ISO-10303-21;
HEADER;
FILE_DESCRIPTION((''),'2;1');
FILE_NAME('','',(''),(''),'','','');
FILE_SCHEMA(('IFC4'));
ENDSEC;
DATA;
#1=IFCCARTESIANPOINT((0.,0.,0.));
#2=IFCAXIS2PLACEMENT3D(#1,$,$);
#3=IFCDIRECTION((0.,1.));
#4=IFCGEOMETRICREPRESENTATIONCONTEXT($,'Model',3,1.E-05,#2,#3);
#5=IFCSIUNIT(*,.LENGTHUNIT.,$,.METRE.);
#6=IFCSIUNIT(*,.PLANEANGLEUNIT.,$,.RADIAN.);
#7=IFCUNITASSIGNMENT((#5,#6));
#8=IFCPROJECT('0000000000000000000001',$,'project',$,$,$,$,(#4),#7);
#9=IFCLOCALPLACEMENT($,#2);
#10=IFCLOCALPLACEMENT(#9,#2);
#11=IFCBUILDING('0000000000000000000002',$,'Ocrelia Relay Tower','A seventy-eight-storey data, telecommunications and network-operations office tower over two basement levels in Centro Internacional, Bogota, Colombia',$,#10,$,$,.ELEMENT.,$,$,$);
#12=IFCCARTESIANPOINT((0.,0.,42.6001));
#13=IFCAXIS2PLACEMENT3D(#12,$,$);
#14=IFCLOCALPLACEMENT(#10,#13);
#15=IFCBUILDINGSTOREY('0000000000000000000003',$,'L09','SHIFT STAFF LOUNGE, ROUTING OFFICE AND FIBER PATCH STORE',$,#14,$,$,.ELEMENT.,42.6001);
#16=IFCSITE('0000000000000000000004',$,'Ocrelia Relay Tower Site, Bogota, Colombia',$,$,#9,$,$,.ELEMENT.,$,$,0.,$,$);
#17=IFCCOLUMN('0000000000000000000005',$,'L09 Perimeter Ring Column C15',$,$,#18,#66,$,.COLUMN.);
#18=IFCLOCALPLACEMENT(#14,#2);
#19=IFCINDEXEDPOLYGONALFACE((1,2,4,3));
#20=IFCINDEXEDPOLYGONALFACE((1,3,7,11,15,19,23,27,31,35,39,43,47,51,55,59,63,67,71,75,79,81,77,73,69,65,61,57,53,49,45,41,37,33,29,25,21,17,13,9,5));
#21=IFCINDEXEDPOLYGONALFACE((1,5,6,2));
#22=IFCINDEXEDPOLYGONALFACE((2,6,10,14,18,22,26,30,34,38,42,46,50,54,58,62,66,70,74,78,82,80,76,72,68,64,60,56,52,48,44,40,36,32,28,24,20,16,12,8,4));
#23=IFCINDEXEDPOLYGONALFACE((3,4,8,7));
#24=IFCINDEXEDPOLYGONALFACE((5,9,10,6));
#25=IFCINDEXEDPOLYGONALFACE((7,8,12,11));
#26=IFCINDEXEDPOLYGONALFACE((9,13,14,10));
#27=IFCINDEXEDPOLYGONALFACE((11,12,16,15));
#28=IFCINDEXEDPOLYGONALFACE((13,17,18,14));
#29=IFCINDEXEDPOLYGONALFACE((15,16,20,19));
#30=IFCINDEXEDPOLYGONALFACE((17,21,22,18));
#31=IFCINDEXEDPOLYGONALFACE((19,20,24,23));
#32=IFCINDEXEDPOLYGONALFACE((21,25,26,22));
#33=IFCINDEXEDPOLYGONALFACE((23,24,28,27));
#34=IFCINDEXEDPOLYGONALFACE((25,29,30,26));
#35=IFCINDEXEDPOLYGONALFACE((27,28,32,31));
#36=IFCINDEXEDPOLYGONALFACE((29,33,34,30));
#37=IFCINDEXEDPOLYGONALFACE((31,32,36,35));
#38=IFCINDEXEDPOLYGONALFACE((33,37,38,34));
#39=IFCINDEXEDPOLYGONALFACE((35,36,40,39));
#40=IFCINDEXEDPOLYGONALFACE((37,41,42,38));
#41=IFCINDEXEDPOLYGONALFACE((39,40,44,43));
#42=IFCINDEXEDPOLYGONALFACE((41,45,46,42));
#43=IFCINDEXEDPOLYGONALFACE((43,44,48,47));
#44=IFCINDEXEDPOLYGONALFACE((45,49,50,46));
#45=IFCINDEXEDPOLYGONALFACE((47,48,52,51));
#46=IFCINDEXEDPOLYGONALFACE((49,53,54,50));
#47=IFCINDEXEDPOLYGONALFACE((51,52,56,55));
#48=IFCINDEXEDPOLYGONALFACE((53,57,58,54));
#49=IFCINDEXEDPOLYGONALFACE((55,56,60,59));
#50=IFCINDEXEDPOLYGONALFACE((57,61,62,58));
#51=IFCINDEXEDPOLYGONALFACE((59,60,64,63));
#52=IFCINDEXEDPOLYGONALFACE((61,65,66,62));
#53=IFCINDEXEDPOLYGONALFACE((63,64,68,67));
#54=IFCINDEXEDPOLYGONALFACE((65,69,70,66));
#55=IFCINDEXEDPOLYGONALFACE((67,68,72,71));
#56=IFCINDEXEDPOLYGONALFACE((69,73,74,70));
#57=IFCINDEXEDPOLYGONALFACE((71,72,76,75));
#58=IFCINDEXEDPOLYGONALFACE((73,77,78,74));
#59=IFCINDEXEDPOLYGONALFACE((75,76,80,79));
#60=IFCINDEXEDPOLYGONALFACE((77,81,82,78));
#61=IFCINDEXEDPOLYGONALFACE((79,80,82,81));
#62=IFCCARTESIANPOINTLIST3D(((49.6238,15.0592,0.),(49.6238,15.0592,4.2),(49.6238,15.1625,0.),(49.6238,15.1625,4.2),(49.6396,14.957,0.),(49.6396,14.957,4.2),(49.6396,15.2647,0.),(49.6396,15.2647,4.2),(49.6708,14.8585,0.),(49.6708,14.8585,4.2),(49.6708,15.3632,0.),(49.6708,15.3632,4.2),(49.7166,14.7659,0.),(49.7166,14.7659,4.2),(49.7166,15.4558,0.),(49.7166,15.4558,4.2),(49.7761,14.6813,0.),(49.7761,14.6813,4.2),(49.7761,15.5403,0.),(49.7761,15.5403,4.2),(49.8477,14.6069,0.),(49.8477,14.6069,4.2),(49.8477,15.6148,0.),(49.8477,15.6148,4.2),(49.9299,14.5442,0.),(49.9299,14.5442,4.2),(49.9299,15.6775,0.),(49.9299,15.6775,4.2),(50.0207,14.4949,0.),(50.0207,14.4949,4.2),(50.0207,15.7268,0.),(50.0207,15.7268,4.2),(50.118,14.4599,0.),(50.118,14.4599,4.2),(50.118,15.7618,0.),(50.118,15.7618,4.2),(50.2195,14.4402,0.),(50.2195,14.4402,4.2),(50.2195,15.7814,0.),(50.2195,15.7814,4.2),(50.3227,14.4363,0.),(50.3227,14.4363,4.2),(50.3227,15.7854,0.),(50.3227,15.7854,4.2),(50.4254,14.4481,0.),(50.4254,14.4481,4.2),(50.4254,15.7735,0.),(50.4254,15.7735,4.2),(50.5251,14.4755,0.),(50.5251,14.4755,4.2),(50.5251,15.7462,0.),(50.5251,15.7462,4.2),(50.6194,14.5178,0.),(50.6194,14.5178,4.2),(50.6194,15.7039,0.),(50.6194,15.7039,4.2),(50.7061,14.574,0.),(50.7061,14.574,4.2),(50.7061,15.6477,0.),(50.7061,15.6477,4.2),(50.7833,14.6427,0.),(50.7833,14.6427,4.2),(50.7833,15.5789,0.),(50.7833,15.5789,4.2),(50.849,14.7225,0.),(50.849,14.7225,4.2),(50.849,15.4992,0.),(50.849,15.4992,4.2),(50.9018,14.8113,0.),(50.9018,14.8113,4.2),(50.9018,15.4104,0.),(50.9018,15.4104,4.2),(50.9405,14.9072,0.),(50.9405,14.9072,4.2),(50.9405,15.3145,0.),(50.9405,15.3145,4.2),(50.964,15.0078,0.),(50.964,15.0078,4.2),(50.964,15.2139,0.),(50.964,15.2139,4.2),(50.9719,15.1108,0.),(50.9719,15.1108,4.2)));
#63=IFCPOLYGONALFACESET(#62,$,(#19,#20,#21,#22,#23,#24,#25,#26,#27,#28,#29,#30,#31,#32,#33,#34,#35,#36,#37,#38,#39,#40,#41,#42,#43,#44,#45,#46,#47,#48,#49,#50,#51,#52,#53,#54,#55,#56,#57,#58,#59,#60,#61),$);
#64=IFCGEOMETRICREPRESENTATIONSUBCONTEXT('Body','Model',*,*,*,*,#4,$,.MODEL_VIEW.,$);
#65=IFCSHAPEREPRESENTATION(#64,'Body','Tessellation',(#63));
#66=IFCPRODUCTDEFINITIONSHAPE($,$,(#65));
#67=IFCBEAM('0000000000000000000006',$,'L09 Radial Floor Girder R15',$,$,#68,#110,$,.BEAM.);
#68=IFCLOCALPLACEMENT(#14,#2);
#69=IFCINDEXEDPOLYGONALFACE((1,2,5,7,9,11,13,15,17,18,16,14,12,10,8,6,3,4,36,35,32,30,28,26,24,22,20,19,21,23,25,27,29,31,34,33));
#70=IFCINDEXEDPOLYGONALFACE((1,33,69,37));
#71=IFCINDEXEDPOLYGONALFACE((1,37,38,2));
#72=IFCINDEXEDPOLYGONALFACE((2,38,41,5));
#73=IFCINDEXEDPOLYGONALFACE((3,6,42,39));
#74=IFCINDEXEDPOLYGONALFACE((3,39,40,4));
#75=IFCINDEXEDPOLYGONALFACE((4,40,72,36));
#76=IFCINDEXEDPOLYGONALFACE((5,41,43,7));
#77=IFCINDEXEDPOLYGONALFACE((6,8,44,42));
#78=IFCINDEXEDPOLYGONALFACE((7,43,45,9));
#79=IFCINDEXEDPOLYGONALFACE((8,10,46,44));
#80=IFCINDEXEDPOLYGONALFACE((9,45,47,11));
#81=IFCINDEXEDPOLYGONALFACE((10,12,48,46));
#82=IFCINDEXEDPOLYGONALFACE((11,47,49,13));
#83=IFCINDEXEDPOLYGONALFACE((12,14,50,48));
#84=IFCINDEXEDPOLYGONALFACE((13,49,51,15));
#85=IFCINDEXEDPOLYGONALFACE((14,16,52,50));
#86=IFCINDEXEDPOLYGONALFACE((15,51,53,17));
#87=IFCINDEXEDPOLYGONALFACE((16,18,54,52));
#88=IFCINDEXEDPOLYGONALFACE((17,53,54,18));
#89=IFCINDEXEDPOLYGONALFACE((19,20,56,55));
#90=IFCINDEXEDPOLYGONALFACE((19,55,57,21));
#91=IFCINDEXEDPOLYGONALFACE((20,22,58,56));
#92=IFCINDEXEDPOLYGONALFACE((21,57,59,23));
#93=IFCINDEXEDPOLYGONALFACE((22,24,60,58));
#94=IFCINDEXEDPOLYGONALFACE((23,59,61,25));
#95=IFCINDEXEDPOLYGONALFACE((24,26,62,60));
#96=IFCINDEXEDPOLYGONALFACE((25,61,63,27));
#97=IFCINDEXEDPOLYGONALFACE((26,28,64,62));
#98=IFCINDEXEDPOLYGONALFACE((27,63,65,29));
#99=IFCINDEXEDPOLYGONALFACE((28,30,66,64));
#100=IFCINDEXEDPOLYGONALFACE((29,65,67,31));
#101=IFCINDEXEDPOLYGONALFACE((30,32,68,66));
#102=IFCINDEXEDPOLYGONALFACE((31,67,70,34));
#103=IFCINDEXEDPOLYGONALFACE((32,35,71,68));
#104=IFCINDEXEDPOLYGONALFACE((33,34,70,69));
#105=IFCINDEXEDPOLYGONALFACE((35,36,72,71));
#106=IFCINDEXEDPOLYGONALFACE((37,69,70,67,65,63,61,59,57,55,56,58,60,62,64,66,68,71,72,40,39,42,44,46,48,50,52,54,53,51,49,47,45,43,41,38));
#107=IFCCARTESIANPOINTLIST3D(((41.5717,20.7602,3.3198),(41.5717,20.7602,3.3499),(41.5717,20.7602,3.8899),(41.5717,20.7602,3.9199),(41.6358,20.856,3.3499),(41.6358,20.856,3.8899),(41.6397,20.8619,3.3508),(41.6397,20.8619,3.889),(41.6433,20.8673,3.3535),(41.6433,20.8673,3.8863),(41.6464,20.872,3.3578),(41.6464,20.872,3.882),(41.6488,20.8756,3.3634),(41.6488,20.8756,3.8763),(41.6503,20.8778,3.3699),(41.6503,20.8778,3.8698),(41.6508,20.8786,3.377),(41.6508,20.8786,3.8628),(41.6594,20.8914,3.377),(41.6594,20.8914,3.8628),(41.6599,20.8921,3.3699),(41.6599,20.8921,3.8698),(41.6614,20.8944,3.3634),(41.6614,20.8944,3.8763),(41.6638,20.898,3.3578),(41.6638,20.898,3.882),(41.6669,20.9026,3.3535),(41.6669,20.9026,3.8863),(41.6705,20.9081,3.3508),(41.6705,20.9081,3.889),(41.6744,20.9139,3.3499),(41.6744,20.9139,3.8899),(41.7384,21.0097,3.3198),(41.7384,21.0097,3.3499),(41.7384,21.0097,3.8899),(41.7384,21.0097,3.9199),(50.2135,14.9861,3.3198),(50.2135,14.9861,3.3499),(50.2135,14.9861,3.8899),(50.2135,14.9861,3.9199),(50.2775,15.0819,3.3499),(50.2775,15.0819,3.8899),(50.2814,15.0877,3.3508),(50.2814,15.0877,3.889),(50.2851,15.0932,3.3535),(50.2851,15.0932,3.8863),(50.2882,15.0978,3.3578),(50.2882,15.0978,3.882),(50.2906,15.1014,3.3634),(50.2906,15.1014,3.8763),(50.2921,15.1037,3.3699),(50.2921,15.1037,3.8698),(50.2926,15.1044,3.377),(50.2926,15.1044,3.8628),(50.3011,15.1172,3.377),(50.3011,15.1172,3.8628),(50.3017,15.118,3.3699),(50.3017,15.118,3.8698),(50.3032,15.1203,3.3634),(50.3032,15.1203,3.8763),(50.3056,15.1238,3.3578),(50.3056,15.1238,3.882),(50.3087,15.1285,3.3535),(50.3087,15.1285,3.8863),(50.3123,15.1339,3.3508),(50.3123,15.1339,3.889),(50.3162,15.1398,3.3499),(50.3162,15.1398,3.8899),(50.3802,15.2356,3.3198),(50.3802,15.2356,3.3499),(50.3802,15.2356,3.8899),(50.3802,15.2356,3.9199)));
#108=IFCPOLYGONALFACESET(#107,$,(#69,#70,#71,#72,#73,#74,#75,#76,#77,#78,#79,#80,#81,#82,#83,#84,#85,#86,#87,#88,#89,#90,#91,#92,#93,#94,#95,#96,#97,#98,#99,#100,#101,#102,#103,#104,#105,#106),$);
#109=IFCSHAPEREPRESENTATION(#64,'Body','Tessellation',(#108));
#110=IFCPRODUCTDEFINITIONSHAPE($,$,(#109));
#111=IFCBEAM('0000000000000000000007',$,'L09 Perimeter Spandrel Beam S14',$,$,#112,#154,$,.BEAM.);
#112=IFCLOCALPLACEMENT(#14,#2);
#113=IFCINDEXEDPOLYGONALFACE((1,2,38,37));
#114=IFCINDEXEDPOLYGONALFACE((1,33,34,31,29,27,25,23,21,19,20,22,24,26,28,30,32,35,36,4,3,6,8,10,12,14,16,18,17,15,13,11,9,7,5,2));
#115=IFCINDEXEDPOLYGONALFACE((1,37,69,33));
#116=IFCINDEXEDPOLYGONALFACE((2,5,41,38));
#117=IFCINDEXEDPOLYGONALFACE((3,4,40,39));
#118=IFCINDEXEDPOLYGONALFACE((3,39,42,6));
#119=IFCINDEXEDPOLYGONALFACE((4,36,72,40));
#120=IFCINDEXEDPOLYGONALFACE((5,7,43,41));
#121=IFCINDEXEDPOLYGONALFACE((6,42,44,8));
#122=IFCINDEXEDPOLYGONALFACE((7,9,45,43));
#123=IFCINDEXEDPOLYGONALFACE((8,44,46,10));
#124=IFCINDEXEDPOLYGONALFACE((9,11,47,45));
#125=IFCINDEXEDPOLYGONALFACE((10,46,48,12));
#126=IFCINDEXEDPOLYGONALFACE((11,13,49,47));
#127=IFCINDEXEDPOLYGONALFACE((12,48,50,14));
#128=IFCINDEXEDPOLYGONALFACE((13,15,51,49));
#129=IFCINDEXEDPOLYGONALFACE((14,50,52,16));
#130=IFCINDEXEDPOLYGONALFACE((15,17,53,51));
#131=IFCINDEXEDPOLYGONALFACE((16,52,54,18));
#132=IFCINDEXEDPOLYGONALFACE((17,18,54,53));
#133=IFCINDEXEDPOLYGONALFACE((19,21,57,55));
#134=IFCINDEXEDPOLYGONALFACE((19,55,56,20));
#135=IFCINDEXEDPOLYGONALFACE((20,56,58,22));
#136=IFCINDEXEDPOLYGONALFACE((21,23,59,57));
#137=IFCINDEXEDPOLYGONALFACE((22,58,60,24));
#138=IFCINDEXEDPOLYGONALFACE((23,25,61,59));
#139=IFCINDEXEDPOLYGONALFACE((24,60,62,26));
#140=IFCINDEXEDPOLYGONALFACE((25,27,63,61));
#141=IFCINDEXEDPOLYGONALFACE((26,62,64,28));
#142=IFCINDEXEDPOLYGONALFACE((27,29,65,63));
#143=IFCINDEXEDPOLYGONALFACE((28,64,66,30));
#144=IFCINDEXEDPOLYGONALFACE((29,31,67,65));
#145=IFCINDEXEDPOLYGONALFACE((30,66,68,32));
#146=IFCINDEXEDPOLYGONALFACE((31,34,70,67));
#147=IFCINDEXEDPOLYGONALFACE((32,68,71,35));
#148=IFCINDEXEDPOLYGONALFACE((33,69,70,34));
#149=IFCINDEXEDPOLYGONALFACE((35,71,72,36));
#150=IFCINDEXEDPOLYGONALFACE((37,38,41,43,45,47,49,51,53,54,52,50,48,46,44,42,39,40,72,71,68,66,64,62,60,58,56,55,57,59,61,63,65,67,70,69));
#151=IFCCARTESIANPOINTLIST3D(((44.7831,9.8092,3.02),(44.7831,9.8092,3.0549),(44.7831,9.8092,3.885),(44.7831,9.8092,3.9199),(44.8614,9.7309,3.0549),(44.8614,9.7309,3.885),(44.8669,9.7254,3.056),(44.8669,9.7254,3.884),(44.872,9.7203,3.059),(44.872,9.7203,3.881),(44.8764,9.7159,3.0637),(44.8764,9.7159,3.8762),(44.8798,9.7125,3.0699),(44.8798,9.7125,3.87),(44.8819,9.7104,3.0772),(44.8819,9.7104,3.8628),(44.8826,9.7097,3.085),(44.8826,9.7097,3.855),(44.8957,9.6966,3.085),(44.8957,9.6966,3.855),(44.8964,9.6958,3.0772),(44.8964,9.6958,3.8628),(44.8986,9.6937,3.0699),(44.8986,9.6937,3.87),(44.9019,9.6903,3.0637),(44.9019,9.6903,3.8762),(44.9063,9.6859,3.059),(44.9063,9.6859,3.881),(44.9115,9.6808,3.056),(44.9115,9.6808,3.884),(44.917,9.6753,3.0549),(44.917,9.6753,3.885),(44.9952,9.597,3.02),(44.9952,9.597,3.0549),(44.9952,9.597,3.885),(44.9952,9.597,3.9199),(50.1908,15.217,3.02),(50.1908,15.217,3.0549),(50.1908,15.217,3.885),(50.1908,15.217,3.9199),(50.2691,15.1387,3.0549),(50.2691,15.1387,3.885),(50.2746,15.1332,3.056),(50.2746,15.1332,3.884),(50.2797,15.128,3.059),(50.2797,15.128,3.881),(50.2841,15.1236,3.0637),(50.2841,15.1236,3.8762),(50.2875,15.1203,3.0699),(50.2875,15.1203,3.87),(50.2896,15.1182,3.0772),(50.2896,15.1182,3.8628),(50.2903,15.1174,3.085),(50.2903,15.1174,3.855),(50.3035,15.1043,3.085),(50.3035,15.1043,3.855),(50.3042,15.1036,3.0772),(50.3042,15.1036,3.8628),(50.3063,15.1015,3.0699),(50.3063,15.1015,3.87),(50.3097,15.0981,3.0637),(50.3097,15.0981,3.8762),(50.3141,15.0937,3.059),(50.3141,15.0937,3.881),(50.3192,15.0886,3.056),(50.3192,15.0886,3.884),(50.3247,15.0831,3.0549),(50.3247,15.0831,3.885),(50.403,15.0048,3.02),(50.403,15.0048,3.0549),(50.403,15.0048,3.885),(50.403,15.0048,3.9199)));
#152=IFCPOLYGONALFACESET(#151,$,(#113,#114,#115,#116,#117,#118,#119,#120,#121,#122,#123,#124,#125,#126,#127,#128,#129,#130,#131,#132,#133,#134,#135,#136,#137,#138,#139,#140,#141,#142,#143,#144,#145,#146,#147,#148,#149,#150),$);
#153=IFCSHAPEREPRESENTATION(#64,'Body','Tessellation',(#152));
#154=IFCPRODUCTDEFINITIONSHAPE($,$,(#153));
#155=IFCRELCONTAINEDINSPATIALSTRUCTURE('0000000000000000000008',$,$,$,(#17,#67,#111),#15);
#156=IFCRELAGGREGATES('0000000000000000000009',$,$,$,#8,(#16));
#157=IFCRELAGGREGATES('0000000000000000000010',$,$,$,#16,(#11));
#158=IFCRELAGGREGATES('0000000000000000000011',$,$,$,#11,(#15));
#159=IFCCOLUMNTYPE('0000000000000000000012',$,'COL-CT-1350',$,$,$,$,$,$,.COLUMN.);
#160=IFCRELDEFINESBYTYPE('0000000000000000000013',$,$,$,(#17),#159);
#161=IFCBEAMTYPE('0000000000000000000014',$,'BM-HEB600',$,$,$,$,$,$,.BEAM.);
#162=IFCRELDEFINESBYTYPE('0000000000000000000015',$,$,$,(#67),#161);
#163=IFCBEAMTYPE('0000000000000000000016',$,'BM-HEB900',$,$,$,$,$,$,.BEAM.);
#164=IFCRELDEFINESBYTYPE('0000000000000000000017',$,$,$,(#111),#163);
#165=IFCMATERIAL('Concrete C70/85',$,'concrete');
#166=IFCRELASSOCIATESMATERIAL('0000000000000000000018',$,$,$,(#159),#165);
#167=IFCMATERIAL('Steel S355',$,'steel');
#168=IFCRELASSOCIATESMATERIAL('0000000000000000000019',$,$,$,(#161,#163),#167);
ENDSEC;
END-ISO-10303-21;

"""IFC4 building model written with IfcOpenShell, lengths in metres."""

from ifc_helpers import new_model, si_unit, direction, frame, origin, origin_2d, place, context, subcontext, project, spatial, circle, i_section, extrude, material, material_profile, profile_set, type_object, element, save


model = new_model("IFC4")

# Units and contexts
model_context = context("Model", 3, precision=1e-05, world=origin(), true_north=direction((0.0, 1.0)))
body_context = subcontext(model_context, "Body", "Model", "MODEL_VIEW")
ifc_project = project(units=[si_unit("LENGTHUNIT", "METRE"), si_unit("PLANEANGLEUNIT", "RADIAN")], contexts=[model_context])

# Site, building, storey
site_placement = place(None, origin())
site = spatial("IfcSite", under=ifc_project, at=site_placement, Name="Ocrelia Relay Tower Site, Bogota, Colombia", CompositionType="ELEMENT", RefElevation=0.0)
building_placement = place(site_placement, origin())
building = spatial("IfcBuilding", under=site, at=building_placement, Name="Ocrelia Relay Tower", Description="A seventy-eight-storey data, telecommunications and network-operations office tower over two basement levels in Centro Internacional, Bogota, Colombia", CompositionType="ELEMENT")
storey_placement = place(building_placement, frame((0.0, 0.0, 42.6001)))
storey = spatial("IfcBuildingStorey", under=building, at=storey_placement, Name="L09", Description="SHIFT STAFF LOUNGE, ROUTING OFFICE AND FIBER PATCH STORE", CompositionType="ELEMENT", Elevation=42.6001)

# Column
ifc_material_1 = material(Name="Concrete C70/85", Category="concrete")
ifc_material_profile_1 = material_profile(ifc_material_1, circle(Radius=0.675, at=origin_2d()), Name="RC-CIR-1350")
ifc_profile_set_1 = profile_set([ifc_material_profile_1], Name="Concrete C70/85")
column_type = type_object("IfcColumnType", Name="COL-CT-1350", PredefinedType="COLUMN", material=ifc_profile_set_1)
column_placement = place(storey_placement, frame((50.2969, 15.1108, 0.0), z_axis=(0.0, 0.0, 1.0), x_axis=(1.0, 0.0, 0.0)))
element("IfcColumn", 1, at=column_placement, inside=storey, type_object=column_type, Name="L09 Perimeter Ring Column C15", PredefinedType="COLUMN", context=body_context, shape_type="SweptSolid", body=[
    extrude(circle(Radius=0.675, at=origin_2d()), origin(), (0.0, 0.0, 1.0), 4.2),
])

# Beams
ifc_material_2 = material(Name="Steel S355", Category="steel")
ifc_material_profile_2 = material_profile(ifc_material_2, i_section(OverallWidth=0.3, OverallDepth=0.6001, WebThickness=0.0154, FlangeThickness=0.03, FilletRadius=0.0271, at=origin_2d()), Name="HEB 600")
ifc_profile_set_2 = profile_set([ifc_material_profile_2], Name="Steel S355")
beam_type_1 = type_object("IfcBeamType", Name="BM-HEB600", PredefinedType="BEAM", material=ifc_profile_set_2)
beam_1_placement = place(storey_placement, frame((50.2969, 15.1108, 3.6199), z_axis=(-0.831475, 0.555562, 0.0), x_axis=(-0.555562, -0.831475, 0.0)))
element("IfcBeam", 2, at=beam_1_placement, inside=storey, type_object=beam_type_1, Name="L09 Radial Floor Girder R15", PredefinedType="BEAM", context=body_context, shape_type="SweptSolid", body=[
    extrude(i_section(OverallWidth=0.3, OverallDepth=0.6001, WebThickness=0.0154, FlangeThickness=0.03, FilletRadius=0.0271, at=origin_2d()), origin(), (0.0, 0.0, 1.0), 10.3933),
])
ifc_material_profile_3 = material_profile(ifc_material_2, i_section(OverallWidth=0.3, OverallDepth=0.8999, WebThickness=0.0186, FlangeThickness=0.0349, FilletRadius=0.03, at=origin_2d()), Name="HEB 900")
ifc_profile_set_3 = profile_set([ifc_material_profile_3], Name="Steel S355")
beam_type_2 = type_object("IfcBeamType", Name="BM-HEB900", PredefinedType="BEAM", material=ifc_profile_set_3)
beam_2_placement = place(storey_placement, frame((44.8892, 9.7031, 3.47), z_axis=(0.707107, 0.707107, 0.0), x_axis=(-0.707107, 0.707107, 0.0)))
element("IfcBeam", 3, at=beam_2_placement, inside=storey, type_object=beam_type_2, Name="L09 Perimeter Spandrel Beam S14", PredefinedType="BEAM", context=body_context, shape_type="SweptSolid", body=[
    extrude(i_section(OverallWidth=0.3, OverallDepth=0.8999, WebThickness=0.0186, FlangeThickness=0.0349, FilletRadius=0.03, at=origin_2d()), origin(), (0.0, 0.0, 1.0), 7.6477),
])

save(model, "model.ifc")
